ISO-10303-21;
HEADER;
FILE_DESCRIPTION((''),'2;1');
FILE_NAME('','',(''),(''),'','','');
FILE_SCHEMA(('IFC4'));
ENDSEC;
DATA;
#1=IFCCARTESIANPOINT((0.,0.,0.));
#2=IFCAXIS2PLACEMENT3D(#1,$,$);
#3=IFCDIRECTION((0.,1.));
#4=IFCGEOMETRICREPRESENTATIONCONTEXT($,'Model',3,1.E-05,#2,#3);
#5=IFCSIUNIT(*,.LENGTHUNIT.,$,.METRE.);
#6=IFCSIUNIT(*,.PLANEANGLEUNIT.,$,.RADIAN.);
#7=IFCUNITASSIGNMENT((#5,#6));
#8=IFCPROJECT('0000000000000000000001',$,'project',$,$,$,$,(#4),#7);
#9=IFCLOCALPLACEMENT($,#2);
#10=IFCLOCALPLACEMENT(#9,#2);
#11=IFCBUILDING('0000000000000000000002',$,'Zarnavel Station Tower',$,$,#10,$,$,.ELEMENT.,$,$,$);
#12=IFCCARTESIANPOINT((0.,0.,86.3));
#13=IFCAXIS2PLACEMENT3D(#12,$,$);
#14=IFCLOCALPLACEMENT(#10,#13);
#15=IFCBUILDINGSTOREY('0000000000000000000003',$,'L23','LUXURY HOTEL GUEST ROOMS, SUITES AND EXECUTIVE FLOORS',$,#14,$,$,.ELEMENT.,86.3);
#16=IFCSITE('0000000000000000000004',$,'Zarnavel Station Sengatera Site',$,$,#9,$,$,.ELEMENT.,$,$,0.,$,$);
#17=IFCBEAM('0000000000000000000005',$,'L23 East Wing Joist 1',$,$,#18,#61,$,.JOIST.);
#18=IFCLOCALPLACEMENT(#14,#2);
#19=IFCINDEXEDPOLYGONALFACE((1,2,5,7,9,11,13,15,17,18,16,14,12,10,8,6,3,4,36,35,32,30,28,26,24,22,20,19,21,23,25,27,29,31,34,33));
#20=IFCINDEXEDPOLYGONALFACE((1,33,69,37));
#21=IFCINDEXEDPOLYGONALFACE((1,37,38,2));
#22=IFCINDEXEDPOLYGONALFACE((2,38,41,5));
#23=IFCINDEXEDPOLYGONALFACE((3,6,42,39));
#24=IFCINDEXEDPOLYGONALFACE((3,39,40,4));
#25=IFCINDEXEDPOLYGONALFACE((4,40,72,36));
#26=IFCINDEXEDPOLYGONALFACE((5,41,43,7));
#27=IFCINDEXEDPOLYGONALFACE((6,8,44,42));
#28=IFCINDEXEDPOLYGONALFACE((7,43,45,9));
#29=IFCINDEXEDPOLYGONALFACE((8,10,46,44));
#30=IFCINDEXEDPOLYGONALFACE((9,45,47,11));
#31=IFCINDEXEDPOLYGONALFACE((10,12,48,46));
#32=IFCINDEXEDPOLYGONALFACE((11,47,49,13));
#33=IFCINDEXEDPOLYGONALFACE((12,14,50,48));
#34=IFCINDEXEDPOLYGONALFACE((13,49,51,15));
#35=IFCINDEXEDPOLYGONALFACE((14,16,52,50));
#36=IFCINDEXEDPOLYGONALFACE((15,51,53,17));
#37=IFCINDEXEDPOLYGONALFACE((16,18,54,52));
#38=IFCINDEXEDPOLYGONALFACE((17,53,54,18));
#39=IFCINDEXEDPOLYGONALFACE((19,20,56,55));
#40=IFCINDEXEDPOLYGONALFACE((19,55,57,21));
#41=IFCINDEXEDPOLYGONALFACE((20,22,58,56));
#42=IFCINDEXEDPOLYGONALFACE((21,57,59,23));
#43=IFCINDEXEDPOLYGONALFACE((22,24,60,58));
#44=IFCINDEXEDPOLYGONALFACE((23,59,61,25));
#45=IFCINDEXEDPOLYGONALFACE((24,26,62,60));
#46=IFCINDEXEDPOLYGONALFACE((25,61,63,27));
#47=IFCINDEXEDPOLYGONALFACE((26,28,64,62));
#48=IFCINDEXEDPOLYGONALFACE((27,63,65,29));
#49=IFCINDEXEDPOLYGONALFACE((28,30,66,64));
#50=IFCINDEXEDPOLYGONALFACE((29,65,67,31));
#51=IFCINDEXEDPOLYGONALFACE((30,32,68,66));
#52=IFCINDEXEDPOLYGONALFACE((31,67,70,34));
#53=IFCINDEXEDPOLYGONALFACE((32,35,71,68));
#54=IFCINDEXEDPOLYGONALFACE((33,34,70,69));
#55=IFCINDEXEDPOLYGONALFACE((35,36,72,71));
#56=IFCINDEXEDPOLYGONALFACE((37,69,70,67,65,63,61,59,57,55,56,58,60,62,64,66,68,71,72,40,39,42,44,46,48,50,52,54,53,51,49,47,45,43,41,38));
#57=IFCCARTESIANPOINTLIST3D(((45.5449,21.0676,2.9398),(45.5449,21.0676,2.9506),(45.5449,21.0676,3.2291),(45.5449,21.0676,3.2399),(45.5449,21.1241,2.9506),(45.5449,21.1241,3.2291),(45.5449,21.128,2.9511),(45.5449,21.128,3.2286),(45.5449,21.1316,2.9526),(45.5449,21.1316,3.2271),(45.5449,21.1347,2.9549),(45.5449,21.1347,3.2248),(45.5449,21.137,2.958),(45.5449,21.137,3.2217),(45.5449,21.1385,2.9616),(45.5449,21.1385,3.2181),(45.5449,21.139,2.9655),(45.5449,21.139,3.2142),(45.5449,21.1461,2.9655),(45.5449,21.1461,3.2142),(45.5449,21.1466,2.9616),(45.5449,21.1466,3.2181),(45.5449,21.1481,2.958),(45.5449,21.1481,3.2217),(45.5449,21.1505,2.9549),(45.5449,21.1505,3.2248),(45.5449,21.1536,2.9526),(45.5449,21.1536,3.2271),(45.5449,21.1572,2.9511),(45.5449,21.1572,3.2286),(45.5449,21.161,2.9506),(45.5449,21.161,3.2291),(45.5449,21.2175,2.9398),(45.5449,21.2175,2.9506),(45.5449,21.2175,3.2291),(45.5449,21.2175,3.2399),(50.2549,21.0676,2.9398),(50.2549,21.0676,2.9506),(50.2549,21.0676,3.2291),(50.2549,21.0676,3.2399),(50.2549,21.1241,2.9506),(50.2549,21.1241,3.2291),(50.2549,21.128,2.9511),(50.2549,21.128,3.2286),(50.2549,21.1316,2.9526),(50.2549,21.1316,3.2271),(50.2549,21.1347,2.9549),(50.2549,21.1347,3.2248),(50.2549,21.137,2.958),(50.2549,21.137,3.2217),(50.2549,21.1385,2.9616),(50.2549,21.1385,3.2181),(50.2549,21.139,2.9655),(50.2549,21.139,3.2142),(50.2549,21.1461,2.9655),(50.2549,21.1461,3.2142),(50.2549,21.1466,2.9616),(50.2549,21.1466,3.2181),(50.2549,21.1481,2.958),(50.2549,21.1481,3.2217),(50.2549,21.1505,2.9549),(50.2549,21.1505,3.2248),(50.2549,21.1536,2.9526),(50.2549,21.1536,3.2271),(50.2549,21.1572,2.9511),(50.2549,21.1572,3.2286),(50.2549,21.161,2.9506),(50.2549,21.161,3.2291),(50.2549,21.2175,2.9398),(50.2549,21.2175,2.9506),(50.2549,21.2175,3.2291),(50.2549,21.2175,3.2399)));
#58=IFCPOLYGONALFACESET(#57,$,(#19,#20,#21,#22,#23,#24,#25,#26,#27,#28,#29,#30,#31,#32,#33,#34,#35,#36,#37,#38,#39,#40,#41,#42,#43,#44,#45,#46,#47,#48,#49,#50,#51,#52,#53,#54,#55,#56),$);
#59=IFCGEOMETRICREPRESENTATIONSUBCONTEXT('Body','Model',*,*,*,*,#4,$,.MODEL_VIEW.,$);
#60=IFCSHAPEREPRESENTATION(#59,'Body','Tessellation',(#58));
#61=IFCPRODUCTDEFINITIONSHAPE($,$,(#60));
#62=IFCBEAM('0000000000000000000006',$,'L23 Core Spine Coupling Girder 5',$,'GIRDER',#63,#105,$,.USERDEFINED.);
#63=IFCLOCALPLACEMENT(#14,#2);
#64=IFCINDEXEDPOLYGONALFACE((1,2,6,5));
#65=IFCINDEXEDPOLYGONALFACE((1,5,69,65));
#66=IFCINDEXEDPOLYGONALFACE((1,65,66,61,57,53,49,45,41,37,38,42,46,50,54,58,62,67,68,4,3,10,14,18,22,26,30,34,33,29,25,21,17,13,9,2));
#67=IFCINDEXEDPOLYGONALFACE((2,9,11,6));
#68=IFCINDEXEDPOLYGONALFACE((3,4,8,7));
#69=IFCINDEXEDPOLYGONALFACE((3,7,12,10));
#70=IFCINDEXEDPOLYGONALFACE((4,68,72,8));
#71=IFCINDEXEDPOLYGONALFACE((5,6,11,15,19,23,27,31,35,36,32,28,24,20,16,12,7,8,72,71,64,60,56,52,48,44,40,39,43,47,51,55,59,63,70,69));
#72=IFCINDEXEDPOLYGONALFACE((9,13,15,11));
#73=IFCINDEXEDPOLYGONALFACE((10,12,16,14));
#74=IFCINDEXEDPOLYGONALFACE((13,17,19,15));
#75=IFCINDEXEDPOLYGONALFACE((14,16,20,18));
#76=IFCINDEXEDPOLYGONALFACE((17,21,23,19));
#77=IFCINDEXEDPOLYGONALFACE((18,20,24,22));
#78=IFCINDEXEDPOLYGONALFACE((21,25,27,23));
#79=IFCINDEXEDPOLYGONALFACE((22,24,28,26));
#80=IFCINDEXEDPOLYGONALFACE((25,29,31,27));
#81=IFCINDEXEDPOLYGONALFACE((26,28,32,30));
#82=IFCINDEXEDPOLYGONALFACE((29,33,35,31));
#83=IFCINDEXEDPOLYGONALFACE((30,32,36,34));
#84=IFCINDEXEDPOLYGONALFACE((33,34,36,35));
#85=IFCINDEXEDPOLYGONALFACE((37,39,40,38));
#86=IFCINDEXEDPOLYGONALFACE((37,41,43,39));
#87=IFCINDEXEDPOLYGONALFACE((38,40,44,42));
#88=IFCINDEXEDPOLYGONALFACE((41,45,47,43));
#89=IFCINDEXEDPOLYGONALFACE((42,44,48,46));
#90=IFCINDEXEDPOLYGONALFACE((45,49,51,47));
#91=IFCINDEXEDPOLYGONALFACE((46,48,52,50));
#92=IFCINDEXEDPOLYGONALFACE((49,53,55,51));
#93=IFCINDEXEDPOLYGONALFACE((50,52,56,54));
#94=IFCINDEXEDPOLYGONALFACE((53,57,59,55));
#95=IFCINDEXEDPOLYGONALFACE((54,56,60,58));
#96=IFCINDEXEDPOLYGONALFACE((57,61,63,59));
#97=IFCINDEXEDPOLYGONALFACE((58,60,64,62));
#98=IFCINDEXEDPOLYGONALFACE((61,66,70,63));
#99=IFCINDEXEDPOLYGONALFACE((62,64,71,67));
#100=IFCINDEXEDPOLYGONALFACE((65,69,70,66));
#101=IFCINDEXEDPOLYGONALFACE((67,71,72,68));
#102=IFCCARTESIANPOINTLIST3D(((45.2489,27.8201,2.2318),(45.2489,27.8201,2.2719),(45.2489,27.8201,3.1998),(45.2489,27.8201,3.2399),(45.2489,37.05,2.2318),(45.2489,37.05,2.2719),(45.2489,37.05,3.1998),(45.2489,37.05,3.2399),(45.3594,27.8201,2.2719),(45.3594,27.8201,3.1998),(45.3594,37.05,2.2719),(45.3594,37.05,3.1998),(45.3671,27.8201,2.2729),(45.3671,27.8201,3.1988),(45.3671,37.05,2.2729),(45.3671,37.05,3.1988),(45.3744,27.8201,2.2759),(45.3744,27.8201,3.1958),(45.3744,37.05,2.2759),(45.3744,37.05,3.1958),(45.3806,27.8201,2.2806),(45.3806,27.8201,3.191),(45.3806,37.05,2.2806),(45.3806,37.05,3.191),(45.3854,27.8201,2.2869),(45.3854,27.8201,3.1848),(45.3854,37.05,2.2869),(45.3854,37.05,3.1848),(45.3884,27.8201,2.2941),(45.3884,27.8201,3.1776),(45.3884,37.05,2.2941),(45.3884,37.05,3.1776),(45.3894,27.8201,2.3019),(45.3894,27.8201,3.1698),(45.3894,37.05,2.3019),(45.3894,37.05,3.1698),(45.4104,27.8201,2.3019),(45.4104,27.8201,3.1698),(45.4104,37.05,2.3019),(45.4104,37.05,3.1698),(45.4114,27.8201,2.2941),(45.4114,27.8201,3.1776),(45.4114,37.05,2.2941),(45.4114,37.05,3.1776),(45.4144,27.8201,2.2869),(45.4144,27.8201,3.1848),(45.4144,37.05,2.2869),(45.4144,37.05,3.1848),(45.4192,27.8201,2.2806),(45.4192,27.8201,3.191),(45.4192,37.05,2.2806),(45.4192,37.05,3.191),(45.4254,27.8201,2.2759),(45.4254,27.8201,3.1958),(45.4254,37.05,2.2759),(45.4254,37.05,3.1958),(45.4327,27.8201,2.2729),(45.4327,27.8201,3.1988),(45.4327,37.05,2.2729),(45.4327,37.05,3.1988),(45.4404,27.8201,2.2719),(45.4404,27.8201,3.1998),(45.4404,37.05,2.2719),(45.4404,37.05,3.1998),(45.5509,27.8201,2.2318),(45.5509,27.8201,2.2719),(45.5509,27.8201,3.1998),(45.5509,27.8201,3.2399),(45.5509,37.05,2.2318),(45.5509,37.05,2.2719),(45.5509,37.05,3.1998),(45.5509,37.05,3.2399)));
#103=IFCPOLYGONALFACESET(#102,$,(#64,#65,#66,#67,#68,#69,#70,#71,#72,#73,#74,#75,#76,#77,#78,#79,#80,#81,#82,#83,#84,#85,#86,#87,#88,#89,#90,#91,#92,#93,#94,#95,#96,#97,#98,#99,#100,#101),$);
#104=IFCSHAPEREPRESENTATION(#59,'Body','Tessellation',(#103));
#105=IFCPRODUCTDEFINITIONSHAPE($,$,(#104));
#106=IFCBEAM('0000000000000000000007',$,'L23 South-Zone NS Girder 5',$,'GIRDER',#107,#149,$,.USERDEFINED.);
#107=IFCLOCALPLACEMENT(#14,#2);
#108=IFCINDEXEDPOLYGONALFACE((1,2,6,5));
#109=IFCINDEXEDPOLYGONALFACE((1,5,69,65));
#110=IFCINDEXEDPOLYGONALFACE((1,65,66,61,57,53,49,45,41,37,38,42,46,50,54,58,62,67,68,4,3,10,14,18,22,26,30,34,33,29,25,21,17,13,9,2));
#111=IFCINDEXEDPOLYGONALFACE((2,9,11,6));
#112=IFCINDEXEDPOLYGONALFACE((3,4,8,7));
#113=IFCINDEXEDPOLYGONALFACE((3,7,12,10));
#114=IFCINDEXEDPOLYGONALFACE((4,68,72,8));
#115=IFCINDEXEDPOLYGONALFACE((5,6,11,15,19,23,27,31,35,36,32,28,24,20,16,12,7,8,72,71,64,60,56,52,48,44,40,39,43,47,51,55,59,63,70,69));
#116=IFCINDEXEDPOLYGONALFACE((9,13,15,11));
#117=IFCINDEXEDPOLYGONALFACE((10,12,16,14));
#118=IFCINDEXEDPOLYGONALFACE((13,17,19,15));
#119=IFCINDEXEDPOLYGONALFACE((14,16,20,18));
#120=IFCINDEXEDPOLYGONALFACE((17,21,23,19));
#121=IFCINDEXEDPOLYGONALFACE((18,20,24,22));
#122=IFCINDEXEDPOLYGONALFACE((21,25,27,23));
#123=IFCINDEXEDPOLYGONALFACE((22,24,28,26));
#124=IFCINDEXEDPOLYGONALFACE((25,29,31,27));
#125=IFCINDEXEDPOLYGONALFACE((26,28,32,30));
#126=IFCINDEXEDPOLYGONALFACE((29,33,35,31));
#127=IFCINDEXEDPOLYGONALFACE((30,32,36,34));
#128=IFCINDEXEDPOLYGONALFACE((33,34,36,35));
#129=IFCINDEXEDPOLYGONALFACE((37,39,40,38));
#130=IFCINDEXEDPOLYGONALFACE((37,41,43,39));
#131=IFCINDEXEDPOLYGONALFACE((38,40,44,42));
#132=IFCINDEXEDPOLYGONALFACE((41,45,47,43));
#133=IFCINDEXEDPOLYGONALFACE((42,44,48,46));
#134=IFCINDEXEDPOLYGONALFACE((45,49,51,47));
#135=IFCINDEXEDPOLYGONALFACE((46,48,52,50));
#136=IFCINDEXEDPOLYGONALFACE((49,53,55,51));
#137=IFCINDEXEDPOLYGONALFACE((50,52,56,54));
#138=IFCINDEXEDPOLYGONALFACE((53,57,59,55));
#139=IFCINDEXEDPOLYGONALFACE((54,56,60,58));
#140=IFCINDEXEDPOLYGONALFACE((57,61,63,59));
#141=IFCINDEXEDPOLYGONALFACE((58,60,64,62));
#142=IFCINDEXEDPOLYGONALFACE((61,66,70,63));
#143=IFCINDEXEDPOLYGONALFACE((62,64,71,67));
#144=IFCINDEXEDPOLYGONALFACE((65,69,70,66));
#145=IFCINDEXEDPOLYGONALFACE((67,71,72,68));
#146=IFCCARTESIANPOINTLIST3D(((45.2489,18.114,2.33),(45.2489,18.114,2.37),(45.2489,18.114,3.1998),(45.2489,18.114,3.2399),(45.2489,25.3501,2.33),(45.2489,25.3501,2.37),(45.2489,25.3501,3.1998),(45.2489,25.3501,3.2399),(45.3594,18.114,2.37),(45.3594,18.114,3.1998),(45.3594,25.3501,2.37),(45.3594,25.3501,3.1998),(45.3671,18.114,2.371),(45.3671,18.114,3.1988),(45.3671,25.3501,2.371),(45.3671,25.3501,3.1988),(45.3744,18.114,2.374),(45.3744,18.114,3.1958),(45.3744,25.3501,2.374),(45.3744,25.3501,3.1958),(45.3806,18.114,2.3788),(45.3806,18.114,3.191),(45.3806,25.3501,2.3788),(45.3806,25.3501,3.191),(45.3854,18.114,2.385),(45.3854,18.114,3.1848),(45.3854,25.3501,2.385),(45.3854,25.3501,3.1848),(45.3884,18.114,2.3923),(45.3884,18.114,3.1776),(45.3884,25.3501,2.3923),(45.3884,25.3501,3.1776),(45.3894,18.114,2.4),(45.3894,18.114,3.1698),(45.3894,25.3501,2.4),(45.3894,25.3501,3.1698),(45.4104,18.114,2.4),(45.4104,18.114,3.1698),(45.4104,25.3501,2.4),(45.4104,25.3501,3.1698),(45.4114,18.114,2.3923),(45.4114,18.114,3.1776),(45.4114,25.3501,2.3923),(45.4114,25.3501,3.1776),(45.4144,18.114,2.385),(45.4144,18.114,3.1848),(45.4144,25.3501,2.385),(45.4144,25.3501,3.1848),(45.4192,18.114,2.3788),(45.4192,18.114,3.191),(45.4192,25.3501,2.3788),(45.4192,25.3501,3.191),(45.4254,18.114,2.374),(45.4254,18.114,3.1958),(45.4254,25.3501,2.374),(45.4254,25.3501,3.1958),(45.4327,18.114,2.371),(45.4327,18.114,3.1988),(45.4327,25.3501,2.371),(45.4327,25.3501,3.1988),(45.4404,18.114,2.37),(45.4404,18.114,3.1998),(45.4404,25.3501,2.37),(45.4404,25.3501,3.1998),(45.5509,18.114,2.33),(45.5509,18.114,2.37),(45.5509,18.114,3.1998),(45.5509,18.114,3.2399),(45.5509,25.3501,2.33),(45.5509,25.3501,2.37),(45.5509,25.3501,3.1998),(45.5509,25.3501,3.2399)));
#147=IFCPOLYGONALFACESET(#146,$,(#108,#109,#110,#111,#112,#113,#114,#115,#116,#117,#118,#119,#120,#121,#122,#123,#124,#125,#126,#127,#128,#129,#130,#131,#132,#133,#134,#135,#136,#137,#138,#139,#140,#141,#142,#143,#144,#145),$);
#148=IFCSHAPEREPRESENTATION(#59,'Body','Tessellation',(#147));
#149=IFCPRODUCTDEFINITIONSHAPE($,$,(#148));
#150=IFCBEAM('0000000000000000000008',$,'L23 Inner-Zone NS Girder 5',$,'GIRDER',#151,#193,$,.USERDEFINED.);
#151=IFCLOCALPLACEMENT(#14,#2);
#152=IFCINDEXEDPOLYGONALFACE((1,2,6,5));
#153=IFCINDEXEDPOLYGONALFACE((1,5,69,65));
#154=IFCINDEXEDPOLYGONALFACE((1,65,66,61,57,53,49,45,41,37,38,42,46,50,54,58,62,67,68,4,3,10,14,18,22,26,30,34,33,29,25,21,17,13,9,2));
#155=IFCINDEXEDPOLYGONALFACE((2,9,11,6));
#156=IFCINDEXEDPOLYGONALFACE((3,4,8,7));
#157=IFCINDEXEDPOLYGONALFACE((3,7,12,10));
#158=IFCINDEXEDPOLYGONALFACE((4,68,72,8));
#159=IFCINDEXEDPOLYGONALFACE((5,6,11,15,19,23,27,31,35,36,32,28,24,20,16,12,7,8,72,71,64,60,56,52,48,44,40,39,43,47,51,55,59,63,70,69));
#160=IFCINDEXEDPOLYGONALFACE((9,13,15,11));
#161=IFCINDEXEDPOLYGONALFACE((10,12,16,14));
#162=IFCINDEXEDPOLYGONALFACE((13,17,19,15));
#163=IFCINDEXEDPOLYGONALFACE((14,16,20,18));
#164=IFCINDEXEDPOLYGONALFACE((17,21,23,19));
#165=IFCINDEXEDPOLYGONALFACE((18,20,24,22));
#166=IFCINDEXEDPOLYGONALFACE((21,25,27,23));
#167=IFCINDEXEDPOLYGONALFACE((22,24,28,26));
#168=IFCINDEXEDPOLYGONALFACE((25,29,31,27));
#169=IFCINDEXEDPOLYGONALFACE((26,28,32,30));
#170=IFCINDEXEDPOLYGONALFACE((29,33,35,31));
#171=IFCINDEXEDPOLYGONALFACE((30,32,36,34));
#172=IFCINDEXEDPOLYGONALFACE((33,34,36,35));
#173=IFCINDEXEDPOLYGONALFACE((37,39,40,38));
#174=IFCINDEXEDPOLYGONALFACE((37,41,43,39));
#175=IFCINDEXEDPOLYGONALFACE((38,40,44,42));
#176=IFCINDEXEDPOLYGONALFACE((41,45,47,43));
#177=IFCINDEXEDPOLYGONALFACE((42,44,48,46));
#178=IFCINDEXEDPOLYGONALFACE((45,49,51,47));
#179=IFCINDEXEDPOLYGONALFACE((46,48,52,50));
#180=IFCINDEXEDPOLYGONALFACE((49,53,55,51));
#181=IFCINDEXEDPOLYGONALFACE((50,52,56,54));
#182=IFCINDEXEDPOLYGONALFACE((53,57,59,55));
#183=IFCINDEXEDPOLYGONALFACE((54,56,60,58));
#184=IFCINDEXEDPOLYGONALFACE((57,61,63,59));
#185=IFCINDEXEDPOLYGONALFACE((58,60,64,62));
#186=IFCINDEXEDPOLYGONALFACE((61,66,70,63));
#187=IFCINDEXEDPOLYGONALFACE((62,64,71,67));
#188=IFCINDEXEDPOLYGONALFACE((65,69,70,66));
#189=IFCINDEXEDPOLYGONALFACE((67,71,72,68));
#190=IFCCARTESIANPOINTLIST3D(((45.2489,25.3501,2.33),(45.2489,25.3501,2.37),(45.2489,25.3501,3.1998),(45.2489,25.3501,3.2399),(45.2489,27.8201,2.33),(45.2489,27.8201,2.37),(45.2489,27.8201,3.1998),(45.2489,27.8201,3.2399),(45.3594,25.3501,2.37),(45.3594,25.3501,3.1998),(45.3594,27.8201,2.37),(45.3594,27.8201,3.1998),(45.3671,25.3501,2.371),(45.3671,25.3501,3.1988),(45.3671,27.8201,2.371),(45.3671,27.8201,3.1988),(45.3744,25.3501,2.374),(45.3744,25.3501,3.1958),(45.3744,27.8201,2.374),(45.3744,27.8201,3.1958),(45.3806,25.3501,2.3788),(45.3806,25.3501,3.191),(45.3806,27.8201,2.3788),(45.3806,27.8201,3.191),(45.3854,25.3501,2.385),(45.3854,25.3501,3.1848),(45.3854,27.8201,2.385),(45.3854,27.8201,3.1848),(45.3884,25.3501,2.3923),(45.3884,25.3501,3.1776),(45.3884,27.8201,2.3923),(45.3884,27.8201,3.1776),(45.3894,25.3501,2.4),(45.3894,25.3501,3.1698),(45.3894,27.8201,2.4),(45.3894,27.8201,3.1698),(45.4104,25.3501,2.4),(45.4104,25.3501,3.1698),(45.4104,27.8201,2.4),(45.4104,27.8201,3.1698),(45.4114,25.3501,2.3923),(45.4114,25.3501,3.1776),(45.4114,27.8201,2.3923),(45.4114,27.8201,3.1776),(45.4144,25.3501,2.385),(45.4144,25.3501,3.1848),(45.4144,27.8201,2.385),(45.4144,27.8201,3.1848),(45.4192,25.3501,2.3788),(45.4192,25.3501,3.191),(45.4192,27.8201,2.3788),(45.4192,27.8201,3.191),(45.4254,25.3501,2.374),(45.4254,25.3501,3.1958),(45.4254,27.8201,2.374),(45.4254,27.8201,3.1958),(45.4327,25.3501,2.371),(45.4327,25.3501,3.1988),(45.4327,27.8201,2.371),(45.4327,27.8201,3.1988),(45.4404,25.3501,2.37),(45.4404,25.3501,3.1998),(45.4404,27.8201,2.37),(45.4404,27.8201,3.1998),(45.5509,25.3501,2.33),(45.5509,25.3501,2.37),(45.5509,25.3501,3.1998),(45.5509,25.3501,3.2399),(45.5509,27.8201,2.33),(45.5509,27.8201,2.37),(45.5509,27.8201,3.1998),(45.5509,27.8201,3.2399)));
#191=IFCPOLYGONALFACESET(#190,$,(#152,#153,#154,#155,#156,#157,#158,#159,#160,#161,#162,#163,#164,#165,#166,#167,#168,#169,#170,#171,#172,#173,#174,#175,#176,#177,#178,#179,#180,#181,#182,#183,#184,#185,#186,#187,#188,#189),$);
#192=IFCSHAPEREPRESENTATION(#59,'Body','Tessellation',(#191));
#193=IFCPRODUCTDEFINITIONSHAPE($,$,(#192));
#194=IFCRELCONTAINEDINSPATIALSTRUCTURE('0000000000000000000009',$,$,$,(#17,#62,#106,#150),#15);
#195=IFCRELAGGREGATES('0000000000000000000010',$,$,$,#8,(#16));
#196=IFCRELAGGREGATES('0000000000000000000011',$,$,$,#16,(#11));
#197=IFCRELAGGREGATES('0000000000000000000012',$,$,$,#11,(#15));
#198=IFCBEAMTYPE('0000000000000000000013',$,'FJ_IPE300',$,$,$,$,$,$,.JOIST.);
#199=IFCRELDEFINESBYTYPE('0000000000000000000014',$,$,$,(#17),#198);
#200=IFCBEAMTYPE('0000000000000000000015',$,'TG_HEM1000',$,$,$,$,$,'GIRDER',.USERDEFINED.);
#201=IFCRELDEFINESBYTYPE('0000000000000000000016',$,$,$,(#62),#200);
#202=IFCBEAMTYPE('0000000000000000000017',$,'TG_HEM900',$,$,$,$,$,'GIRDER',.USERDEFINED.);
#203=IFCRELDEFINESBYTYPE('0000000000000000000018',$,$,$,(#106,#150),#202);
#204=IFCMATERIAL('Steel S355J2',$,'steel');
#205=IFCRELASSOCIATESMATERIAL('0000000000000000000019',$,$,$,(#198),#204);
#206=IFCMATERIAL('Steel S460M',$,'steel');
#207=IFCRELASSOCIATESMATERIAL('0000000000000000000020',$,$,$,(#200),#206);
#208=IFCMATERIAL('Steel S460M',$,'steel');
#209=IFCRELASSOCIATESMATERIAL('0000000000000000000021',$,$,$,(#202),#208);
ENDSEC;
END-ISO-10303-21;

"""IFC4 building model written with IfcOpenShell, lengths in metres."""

from ifc_helpers import new_model, si_unit, direction, frame, origin, origin_2d, place, context, subcontext, project, spatial, i_section, extrude, material, material_profile, profile_set, type_object, element, save


model = new_model("IFC4")

# Units and contexts
model_context = context("Model", 3, precision=1e-05, world=origin(), true_north=direction((0.0, 1.0)))
body_context = subcontext(model_context, "Body", "Model", "MODEL_VIEW")
ifc_project = project(units=[si_unit("LENGTHUNIT", "METRE"), si_unit("PLANEANGLEUNIT", "RADIAN")], contexts=[model_context])

# Site, building, storey
site_placement = place(None, origin())
site = spatial("IfcSite", under=ifc_project, at=site_placement, Name="Zarnavel Station Sengatera Site", CompositionType="ELEMENT", RefElevation=0.0)
building_placement = place(site_placement, origin())
building = spatial("IfcBuilding", under=site, at=building_placement, Name="Zarnavel Station Tower", CompositionType="ELEMENT")
storey_placement = place(building_placement, frame((0.0, 0.0, 86.3)))
storey = spatial("IfcBuildingStorey", under=building, at=storey_placement, Name="L23", Description="LUXURY HOTEL GUEST ROOMS, SUITES AND EXECUTIVE FLOORS", CompositionType="ELEMENT", Elevation=86.3)

# Beams
ifc_material_1 = material(Name="Steel S355J2", Category="steel")
ifc_material_profile_1 = material_profile(ifc_material_1, i_section(OverallWidth=0.1499, OverallDepth=0.3, WebThickness=0.0071, FlangeThickness=0.0107, FilletRadius=0.0149, at=origin_2d()), Name="IPE300")
ifc_profile_set_1 = profile_set([ifc_material_profile_1], Name="Steel S355J2")
beam_type_1 = type_object("IfcBeamType", Name="FJ_IPE300", PredefinedType="JOIST", material=ifc_profile_set_1)
beam_1_placement = place(storey_placement, frame((45.5449, 21.1426, 3.0898), z_axis=(1.0, 0.0, 0.0), x_axis=(0.0, 1.0, 0.0)))
element("IfcBeam", 1, at=beam_1_placement, inside=storey, type_object=beam_type_1, Name="L23 East Wing Joist 1", PredefinedType="JOIST", context=body_context, shape_type="SweptSolid", body=[
    extrude(i_section(OverallWidth=0.1499, OverallDepth=0.3, WebThickness=0.0071, FlangeThickness=0.0107, FilletRadius=0.0149, at=origin_2d()), origin(), (0.0, 0.0, 1.0), 4.71),
])
ifc_material_2 = material(Name="Steel S460M", Category="steel")
ifc_material_profile_2 = material_profile(ifc_material_2, i_section(OverallWidth=0.302, OverallDepth=1.0081, WebThickness=0.021, FlangeThickness=0.04, FilletRadius=0.03, at=origin_2d()), Name="HEM1000")
ifc_profile_set_2 = profile_set([ifc_material_profile_2], Name="Steel S460M")
beam_type_2 = type_object("IfcBeamType", Name="TG_HEM1000", ElementType="GIRDER", PredefinedType="USERDEFINED", material=ifc_profile_set_2)
beam_2_placement = place(storey_placement, frame((45.3999, 27.8201, 2.7358), z_axis=(0.0, 1.0, 0.0), x_axis=(-1.0, 0.0, 0.0)))
element("IfcBeam", 2, at=beam_2_placement, inside=storey, type_object=beam_type_2, Name="L23 Core Spine Coupling Girder 5", ObjectType="GIRDER", PredefinedType="USERDEFINED", context=body_context, shape_type="SweptSolid", body=[
    extrude(i_section(OverallWidth=0.302, OverallDepth=1.0081, WebThickness=0.021, FlangeThickness=0.04, FilletRadius=0.03, at=origin_2d()), origin(), (0.0, 0.0, 1.0), 9.23),
])
ifc_material_3 = material(Name="Steel S460M", Category="steel")
ifc_material_profile_3 = material_profile(ifc_material_3, i_section(OverallWidth=0.302, OverallDepth=0.9099, WebThickness=0.021, FlangeThickness=0.04, FilletRadius=0.03, at=origin_2d()), Name="HEM900")
ifc_profile_set_3 = profile_set([ifc_material_profile_3], Name="Steel S460M")
beam_type_3 = type_object("IfcBeamType", Name="TG_HEM900", ElementType="GIRDER", PredefinedType="USERDEFINED", material=ifc_profile_set_3)
beam_3_placement = place(storey_placement, frame((45.3999, 18.114, 2.7849), z_axis=(0.0, 1.0, 0.0), x_axis=(-1.0, 0.0, 0.0)))
element("IfcBeam", 3, at=beam_3_placement, inside=storey, type_object=beam_type_3, Name="L23 South-Zone NS Girder 5", ObjectType="GIRDER", PredefinedType="USERDEFINED", context=body_context, shape_type="SweptSolid", body=[
    extrude(i_section(OverallWidth=0.302, OverallDepth=0.9099, WebThickness=0.021, FlangeThickness=0.04, FilletRadius=0.03, at=origin_2d()), origin(), (0.0, 0.0, 1.0), 7.2361),
])
beam_4_placement = place(storey_placement, frame((45.3999, 25.3501, 2.7849), z_axis=(0.0, 1.0, 0.0), x_axis=(-1.0, 0.0, 0.0)))
element("IfcBeam", 4, at=beam_4_placement, inside=storey, type_object=beam_type_3, Name="L23 Inner-Zone NS Girder 5", ObjectType="GIRDER", PredefinedType="USERDEFINED", context=body_context, shape_type="SweptSolid", body=[
    extrude(i_section(OverallWidth=0.302, OverallDepth=0.9099, WebThickness=0.021, FlangeThickness=0.04, FilletRadius=0.03, at=origin_2d()), origin(), (0.0, 0.0, 1.0), 2.47),
])

save(model, "model.ifc")
